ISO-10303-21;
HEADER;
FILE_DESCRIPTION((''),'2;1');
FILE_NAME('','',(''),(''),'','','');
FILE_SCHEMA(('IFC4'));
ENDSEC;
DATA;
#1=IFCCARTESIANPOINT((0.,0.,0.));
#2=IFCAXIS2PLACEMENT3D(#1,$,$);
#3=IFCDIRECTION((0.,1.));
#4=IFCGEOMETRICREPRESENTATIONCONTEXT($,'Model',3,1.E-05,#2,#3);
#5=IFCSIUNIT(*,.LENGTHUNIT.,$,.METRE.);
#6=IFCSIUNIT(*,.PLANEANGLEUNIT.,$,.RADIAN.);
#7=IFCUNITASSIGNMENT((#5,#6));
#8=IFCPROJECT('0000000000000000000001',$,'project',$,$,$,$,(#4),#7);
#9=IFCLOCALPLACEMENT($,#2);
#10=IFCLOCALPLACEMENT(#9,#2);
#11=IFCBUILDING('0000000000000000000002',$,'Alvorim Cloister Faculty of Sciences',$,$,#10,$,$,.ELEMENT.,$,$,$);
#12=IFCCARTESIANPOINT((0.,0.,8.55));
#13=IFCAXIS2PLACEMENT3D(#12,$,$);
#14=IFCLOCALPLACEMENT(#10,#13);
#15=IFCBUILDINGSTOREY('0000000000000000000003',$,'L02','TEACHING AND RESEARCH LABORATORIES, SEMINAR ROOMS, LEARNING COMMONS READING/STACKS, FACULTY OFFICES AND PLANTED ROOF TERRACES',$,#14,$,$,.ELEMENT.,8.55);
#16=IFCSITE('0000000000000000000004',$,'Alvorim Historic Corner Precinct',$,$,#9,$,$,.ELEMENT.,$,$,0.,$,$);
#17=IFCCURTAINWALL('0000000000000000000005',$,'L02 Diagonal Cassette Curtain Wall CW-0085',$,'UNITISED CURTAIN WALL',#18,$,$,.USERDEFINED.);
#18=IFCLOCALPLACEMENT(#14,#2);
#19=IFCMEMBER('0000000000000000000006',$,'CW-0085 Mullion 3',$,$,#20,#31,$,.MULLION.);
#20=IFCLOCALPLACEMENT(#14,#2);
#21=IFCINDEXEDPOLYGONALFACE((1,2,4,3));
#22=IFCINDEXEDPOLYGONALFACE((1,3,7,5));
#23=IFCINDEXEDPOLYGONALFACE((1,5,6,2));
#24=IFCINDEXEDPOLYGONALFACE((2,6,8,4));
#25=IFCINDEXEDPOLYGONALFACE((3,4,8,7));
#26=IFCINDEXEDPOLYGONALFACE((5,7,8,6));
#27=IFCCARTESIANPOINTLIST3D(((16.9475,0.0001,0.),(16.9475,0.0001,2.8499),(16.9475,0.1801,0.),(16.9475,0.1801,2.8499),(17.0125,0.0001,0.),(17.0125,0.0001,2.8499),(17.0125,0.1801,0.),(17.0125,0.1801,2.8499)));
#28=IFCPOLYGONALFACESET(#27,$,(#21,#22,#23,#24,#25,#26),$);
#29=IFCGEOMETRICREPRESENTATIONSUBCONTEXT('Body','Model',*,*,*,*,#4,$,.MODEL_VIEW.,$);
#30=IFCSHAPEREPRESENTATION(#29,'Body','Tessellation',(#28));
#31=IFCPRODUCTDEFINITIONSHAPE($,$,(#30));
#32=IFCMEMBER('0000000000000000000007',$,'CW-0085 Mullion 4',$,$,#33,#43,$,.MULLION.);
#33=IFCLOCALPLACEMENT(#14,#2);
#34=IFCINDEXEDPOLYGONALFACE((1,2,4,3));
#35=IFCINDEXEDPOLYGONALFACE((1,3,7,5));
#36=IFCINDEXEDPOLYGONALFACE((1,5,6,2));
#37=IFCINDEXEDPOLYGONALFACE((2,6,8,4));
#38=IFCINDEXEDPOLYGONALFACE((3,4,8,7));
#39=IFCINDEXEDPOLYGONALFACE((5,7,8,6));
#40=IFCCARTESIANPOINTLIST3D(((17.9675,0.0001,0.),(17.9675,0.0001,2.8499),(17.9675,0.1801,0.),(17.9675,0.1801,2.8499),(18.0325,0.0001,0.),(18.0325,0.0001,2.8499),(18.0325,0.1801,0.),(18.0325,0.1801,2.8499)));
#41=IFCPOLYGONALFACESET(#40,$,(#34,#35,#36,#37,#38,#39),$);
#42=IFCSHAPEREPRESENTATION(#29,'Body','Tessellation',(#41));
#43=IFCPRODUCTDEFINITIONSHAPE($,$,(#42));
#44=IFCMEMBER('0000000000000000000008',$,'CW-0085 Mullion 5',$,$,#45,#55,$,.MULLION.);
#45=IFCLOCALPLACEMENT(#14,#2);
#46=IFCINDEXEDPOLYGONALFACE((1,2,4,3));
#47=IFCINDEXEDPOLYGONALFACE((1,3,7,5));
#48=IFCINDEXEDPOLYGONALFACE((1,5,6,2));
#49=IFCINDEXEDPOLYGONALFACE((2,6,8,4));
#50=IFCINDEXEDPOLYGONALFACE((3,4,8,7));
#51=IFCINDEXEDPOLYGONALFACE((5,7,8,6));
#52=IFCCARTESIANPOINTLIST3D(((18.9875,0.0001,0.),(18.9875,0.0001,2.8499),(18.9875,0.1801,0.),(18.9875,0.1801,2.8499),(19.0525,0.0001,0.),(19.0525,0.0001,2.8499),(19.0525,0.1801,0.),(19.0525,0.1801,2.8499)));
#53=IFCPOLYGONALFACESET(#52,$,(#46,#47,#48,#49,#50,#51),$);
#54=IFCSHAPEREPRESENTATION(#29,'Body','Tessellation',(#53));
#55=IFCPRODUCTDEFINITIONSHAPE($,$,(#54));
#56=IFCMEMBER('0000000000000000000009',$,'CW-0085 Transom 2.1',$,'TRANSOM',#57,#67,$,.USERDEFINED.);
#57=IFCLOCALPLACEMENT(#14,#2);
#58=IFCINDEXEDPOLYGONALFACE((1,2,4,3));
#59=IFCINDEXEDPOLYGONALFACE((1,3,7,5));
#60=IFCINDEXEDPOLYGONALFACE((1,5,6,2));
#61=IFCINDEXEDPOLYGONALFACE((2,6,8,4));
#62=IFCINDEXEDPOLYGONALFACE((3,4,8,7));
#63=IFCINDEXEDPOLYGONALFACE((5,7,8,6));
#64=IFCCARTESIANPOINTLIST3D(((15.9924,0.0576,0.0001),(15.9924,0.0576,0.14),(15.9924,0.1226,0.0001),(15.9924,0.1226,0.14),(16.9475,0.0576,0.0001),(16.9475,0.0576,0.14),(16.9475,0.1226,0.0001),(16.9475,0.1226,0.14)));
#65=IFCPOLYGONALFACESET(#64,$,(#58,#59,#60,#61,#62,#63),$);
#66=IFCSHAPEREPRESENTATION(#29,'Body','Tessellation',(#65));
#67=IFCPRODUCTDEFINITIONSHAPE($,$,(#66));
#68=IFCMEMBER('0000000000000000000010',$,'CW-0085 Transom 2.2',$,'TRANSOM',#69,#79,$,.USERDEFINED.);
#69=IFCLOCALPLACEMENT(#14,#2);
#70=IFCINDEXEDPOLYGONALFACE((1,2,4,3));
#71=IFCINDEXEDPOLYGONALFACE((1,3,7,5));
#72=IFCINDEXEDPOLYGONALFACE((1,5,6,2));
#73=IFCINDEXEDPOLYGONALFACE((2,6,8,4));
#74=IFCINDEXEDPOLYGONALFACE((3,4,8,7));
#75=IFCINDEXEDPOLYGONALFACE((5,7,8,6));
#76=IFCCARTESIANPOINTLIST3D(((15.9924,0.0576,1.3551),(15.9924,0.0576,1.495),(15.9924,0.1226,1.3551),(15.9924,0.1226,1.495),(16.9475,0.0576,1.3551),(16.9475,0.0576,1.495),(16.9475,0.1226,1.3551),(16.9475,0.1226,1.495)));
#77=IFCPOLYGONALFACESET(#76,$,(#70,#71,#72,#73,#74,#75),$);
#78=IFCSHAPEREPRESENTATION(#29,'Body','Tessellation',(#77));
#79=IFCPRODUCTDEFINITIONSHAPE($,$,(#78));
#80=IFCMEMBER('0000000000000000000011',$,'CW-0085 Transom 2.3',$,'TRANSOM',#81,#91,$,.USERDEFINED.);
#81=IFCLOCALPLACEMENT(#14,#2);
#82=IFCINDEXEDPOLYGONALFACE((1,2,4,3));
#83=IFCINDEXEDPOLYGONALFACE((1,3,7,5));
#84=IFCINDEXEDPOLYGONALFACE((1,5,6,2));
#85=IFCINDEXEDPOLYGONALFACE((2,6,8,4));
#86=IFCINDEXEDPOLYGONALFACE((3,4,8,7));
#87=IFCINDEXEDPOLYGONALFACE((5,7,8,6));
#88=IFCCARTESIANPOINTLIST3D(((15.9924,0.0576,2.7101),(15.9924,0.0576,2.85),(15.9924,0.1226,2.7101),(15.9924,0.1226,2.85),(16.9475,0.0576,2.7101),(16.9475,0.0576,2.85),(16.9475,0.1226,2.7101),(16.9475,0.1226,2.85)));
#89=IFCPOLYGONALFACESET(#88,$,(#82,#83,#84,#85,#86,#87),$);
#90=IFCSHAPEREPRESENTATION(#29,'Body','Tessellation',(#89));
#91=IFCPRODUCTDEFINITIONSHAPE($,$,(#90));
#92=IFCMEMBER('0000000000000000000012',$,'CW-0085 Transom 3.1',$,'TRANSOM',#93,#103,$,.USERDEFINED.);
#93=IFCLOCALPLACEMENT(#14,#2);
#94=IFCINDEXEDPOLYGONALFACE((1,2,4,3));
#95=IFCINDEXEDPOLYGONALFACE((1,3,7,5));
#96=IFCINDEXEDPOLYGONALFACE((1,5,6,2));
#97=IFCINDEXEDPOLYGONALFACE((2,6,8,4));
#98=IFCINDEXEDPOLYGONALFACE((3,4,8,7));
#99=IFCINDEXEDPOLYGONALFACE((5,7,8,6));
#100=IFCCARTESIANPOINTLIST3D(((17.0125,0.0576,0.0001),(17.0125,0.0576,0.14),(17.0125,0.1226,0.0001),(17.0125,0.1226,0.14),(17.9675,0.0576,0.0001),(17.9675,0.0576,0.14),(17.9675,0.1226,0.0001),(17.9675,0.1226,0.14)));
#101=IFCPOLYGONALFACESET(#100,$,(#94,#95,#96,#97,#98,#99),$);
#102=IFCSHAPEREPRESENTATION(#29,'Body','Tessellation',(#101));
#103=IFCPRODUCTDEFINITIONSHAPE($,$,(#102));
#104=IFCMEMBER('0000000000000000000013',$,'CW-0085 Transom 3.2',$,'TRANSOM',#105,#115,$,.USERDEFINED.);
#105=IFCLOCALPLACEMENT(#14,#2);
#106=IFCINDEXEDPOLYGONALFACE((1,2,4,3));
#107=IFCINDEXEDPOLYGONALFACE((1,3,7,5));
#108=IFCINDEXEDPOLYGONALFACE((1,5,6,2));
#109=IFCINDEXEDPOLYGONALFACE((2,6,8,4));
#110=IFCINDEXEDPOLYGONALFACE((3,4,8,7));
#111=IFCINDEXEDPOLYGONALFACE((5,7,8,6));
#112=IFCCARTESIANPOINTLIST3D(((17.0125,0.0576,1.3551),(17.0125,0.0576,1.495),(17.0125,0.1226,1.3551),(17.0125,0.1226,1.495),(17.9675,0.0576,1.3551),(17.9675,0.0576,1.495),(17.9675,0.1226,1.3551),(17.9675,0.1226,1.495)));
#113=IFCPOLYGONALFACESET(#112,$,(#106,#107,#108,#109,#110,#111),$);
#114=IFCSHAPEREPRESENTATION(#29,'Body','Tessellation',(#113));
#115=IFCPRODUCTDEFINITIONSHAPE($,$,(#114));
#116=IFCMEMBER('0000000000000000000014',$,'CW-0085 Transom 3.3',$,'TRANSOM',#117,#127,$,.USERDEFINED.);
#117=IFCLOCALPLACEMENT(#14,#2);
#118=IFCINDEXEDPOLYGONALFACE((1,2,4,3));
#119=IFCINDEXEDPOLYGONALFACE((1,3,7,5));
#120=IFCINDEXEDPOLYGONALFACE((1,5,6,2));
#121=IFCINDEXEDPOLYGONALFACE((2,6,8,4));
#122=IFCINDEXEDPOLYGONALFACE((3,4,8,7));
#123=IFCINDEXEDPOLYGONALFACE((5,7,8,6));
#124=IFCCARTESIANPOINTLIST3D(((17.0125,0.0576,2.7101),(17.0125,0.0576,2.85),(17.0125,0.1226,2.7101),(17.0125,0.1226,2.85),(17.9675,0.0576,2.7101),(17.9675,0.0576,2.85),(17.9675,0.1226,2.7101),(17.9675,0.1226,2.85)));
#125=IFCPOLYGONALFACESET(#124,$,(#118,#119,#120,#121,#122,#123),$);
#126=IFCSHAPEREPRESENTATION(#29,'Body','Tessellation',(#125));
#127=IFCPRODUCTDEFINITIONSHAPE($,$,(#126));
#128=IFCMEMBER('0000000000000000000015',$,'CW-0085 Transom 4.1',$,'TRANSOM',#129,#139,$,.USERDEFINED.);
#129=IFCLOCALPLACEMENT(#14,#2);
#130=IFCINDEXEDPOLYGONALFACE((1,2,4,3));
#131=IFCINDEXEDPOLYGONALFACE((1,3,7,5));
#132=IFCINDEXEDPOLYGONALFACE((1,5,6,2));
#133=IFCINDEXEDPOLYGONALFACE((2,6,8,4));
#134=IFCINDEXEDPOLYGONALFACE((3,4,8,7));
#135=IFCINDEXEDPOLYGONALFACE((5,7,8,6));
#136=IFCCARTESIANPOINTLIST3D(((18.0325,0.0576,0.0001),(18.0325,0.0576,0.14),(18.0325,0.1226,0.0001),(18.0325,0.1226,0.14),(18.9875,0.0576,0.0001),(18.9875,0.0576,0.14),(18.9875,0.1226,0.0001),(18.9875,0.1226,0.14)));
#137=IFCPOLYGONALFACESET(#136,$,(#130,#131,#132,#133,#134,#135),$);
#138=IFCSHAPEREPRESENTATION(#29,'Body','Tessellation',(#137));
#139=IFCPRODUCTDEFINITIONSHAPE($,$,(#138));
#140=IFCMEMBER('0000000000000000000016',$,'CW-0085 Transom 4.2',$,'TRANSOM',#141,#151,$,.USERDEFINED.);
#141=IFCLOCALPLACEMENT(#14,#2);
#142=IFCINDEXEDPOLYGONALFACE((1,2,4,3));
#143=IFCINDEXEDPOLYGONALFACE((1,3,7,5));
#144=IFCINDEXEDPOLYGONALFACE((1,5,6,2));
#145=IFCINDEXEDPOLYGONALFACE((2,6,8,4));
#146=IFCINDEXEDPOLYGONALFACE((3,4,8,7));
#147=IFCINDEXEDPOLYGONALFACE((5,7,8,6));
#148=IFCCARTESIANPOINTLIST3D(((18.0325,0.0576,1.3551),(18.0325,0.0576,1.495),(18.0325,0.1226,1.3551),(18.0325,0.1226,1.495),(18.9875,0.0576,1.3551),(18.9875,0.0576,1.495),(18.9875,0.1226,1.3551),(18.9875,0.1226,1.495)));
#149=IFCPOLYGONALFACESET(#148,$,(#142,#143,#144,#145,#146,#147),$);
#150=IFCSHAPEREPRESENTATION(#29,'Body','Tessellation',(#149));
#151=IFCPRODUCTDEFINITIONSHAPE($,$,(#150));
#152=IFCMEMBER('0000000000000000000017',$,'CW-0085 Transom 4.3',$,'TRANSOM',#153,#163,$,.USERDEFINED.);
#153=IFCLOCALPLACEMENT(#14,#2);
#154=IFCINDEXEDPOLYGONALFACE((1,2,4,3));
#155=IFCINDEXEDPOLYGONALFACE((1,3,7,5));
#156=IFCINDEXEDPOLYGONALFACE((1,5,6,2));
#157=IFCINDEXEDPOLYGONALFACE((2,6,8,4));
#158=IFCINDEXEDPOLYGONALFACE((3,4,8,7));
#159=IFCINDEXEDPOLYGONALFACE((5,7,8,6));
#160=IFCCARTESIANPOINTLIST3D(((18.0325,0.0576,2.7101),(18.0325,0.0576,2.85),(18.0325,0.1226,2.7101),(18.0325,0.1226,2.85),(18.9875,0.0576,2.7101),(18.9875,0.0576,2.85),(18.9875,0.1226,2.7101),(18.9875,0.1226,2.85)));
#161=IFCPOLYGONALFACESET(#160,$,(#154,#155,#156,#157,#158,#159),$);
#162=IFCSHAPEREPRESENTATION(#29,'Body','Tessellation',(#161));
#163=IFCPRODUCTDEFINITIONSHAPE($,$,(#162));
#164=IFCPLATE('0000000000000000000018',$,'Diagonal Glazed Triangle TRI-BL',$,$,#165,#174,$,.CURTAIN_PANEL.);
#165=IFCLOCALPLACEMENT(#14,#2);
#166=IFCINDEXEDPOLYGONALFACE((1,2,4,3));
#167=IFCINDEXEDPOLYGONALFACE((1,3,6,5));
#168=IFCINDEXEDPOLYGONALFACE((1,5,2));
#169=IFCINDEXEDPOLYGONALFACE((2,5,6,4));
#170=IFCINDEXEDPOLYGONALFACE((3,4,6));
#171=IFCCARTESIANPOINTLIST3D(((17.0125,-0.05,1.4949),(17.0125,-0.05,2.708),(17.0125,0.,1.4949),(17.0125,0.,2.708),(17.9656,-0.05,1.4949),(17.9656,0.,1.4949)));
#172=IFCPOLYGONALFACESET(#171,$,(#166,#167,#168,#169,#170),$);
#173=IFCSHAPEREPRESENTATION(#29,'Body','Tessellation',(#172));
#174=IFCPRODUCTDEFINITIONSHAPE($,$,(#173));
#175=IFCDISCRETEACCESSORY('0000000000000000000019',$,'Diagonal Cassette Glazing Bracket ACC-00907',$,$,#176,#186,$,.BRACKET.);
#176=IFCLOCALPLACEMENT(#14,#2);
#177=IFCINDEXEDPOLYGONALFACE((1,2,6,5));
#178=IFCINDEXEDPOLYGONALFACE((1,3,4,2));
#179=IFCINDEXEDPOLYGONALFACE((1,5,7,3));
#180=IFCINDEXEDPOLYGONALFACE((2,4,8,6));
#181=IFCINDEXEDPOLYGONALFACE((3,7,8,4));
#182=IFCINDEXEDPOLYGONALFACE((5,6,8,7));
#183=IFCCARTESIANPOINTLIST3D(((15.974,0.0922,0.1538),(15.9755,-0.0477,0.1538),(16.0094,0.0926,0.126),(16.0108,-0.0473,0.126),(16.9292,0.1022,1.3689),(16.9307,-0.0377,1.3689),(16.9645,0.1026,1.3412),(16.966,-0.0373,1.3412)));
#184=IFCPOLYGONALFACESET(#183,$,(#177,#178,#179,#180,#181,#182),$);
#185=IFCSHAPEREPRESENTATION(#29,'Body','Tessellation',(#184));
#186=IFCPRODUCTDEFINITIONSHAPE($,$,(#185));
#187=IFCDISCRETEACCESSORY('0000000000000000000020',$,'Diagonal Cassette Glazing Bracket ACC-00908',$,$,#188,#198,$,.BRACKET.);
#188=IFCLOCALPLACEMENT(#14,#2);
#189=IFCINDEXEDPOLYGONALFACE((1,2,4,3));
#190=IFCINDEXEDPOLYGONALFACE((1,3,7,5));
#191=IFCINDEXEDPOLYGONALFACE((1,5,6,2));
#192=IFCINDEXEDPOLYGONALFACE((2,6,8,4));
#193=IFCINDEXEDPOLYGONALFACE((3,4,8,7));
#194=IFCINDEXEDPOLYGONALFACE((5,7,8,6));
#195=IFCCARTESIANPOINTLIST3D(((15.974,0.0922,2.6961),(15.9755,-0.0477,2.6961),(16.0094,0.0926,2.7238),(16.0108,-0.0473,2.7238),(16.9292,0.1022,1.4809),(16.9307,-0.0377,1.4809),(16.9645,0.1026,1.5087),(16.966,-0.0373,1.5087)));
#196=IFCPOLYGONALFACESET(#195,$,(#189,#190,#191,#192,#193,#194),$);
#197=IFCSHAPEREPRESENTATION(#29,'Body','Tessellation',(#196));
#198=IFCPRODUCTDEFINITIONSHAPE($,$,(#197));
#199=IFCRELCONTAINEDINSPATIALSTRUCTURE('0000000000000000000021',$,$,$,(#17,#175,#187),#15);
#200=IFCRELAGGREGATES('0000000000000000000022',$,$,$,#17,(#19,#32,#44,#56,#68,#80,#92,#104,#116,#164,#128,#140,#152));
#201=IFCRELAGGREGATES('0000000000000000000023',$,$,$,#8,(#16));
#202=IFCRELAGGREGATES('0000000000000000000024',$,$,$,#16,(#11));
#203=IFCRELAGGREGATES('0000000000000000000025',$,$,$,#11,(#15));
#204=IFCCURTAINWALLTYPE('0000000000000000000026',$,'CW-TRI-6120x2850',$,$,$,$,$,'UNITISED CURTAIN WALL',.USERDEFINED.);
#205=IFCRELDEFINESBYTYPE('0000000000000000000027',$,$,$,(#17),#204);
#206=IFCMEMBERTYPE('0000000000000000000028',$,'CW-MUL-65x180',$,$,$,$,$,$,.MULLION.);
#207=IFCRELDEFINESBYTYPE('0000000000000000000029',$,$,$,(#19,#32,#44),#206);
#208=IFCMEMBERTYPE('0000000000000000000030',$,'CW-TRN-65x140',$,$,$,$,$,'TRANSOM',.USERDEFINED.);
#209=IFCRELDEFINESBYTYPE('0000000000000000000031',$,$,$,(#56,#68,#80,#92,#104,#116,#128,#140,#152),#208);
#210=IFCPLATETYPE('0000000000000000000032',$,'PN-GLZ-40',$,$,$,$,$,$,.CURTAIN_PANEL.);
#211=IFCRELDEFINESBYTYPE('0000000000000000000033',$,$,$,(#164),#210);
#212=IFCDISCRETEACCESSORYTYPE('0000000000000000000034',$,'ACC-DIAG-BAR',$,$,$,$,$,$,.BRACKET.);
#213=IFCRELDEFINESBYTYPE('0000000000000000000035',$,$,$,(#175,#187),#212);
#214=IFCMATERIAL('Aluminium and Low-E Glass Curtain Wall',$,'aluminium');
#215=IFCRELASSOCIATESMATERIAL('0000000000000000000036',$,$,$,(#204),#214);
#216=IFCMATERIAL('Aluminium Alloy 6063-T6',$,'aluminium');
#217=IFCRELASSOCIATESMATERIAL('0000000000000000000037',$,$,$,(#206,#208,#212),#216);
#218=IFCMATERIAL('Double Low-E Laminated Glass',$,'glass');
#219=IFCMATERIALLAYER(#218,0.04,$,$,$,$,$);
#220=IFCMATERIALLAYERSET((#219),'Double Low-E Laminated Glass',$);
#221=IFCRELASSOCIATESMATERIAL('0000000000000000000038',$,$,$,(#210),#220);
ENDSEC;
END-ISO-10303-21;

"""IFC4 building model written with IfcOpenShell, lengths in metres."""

from ifc_helpers import new_model, si_unit, direction, frame, origin, origin_2d, place, context, subcontext, project, spatial, polyline, rectangle, outline, extrude, material, layer, layer_set, material_profile, profile_set, type_object, element, aggregate, save


model = new_model("IFC4")

# Units and contexts
model_context = context("Model", 3, precision=1e-05, world=origin(), true_north=direction((0.0, 1.0)))
body_context = subcontext(model_context, "Body", "Model", "MODEL_VIEW")
ifc_project = project(units=[si_unit("LENGTHUNIT", "METRE"), si_unit("PLANEANGLEUNIT", "RADIAN")], contexts=[model_context])

# Site, building, storey
site_placement = place(None, origin())
site = spatial("IfcSite", under=ifc_project, at=site_placement, Name="Alvorim Historic Corner Precinct", CompositionType="ELEMENT", RefElevation=0.0)
building_placement = place(site_placement, origin())
building = spatial("IfcBuilding", under=site, at=building_placement, Name="Alvorim Cloister Faculty of Sciences", CompositionType="ELEMENT")
storey_placement = place(building_placement, frame((0.0, 0.0, 8.55)))
storey = spatial("IfcBuildingStorey", under=building, at=storey_placement, Name="L02", Description="TEACHING AND RESEARCH LABORATORIES, SEMINAR ROOMS, LEARNING COMMONS READING/STACKS, FACULTY OFFICES AND PLANTED ROOF TERRACES", CompositionType="ELEMENT", Elevation=8.55)

# Curtain wall, members, plate
ifc_material_1 = material(Name="Aluminium and Low-E Glass Curtain Wall", Category="aluminium")
curtain_wall_type = type_object("IfcCurtainWallType", Name="CW-TRI-6120x2850", ElementType="UNITISED CURTAIN WALL", PredefinedType="USERDEFINED", material=ifc_material_1)
curtain_wall_placement = place(storey_placement, origin())
curtain_wall = element("IfcCurtainWall", 1, at=curtain_wall_placement, inside=storey, type_object=curtain_wall_type, Name="L02 Diagonal Cassette Curtain Wall CW-0085", ObjectType="UNITISED CURTAIN WALL", PredefinedType="USERDEFINED")
ifc_material_2 = material(Name="Aluminium Alloy 6063-T6", Category="aluminium")
ifc_material_profile_1 = material_profile(ifc_material_2, rectangle(XDim=0.0649, YDim=0.1799, at=origin_2d()), Name="ALU-MUL-65x180")
ifc_profile_set_1 = profile_set([ifc_material_profile_1], Name="Aluminium Alloy 6063-T6")
member_type_1 = type_object("IfcMemberType", Name="CW-MUL-65x180", PredefinedType="MULLION", material=ifc_profile_set_1)
member_1_placement = place(storey_placement, frame((16.98, 0.0901, 0.0), z_axis=(0.0, 0.0, 1.0), x_axis=(1.0, 0.0, 0.0)))
member_1 = element("IfcMember", 2, at=member_1_placement, type_object=member_type_1, Name="CW-0085 Mullion 3", PredefinedType="MULLION", context=body_context, shape_type="SweptSolid", body=[
    extrude(rectangle(XDim=0.0649, YDim=0.1799, at=origin_2d()), origin(), (0.0, 0.0, 1.0), 2.8499),
])
member_2_placement = place(storey_placement, frame((18.0, 0.0901, 0.0), z_axis=(0.0, 0.0, 1.0), x_axis=(1.0, 0.0, 0.0)))
member_2 = element("IfcMember", 3, at=member_2_placement, type_object=member_type_1, Name="CW-0085 Mullion 4", PredefinedType="MULLION", context=body_context, shape_type="SweptSolid", body=[
    extrude(rectangle(XDim=0.0649, YDim=0.1799, at=origin_2d()), origin(), (0.0, 0.0, 1.0), 2.8499),
])
member_3_placement = place(storey_placement, frame((19.02, 0.0901, 0.0), z_axis=(0.0, 0.0, 1.0), x_axis=(1.0, 0.0, 0.0)))
member_3 = element("IfcMember", 4, at=member_3_placement, type_object=member_type_1, Name="CW-0085 Mullion 5", PredefinedType="MULLION", context=body_context, shape_type="SweptSolid", body=[
    extrude(rectangle(XDim=0.0649, YDim=0.1799, at=origin_2d()), origin(), (0.0, 0.0, 1.0), 2.8499),
])
ifc_material_profile_2 = material_profile(ifc_material_2, rectangle(XDim=0.0649, YDim=0.1399, at=origin_2d()), Name="ALU-TRN-65x140")
ifc_profile_set_2 = profile_set([ifc_material_profile_2], Name="Aluminium Alloy 6063-T6")
member_type_2 = type_object("IfcMemberType", Name="CW-TRN-65x140", ElementType="TRANSOM", PredefinedType="USERDEFINED", material=ifc_profile_set_2)
member_4_placement = place(storey_placement, frame((15.9924, 0.0901, 0.0701), z_axis=(1.0, 0.0, 0.0), x_axis=(0.0, 1.0, 0.0)))
member_4 = element("IfcMember", 5, at=member_4_placement, type_object=member_type_2, Name="CW-0085 Transom 2.1", ObjectType="TRANSOM", PredefinedType="USERDEFINED", context=body_context, shape_type="SweptSolid", body=[
    extrude(rectangle(XDim=0.0649, YDim=0.1399, at=origin_2d()), origin(), (0.0, 0.0, 1.0), 0.9551),
])
member_5_placement = place(storey_placement, frame((15.9924, 0.0901, 1.425), z_axis=(1.0, 0.0, 0.0), x_axis=(0.0, 1.0, 0.0)))
member_5 = element("IfcMember", 6, at=member_5_placement, type_object=member_type_2, Name="CW-0085 Transom 2.2", ObjectType="TRANSOM", PredefinedType="USERDEFINED", context=body_context, shape_type="SweptSolid", body=[
    extrude(rectangle(XDim=0.0649, YDim=0.1399, at=origin_2d()), origin(), (0.0, 0.0, 1.0), 0.9551),
])
member_6_placement = place(storey_placement, frame((15.9924, 0.0901, 2.78), z_axis=(1.0, 0.0, 0.0), x_axis=(0.0, 1.0, 0.0)))
member_6 = element("IfcMember", 7, at=member_6_placement, type_object=member_type_2, Name="CW-0085 Transom 2.3", ObjectType="TRANSOM", PredefinedType="USERDEFINED", context=body_context, shape_type="SweptSolid", body=[
    extrude(rectangle(XDim=0.0649, YDim=0.1399, at=origin_2d()), origin(), (0.0, 0.0, 1.0), 0.9551),
])
member_7_placement = place(storey_placement, frame((17.0125, 0.0901, 0.0701), z_axis=(1.0, 0.0, 0.0), x_axis=(0.0, 1.0, 0.0)))
member_7 = element("IfcMember", 8, at=member_7_placement, type_object=member_type_2, Name="CW-0085 Transom 3.1", ObjectType="TRANSOM", PredefinedType="USERDEFINED", context=body_context, shape_type="SweptSolid", body=[
    extrude(rectangle(XDim=0.0649, YDim=0.1399, at=origin_2d()), origin(), (0.0, 0.0, 1.0), 0.9551),
])
member_8_placement = place(storey_placement, frame((17.0125, 0.0901, 1.425), z_axis=(1.0, 0.0, 0.0), x_axis=(0.0, 1.0, 0.0)))
member_8 = element("IfcMember", 9, at=member_8_placement, type_object=member_type_2, Name="CW-0085 Transom 3.2", ObjectType="TRANSOM", PredefinedType="USERDEFINED", context=body_context, shape_type="SweptSolid", body=[
    extrude(rectangle(XDim=0.0649, YDim=0.1399, at=origin_2d()), origin(), (0.0, 0.0, 1.0), 0.9551),
])
member_9_placement = place(storey_placement, frame((17.0125, 0.0901, 2.78), z_axis=(1.0, 0.0, 0.0), x_axis=(0.0, 1.0, 0.0)))
member_9 = element("IfcMember", 10, at=member_9_placement, type_object=member_type_2, Name="CW-0085 Transom 3.3", ObjectType="TRANSOM", PredefinedType="USERDEFINED", context=body_context, shape_type="SweptSolid", body=[
    extrude(rectangle(XDim=0.0649, YDim=0.1399, at=origin_2d()), origin(), (0.0, 0.0, 1.0), 0.9551),
])
member_10_placement = place(storey_placement, frame((18.0325, 0.0901, 0.0701), z_axis=(1.0, 0.0, 0.0), x_axis=(0.0, 1.0, 0.0)))
member_10 = element("IfcMember", 11, at=member_10_placement, type_object=member_type_2, Name="CW-0085 Transom 4.1", ObjectType="TRANSOM", PredefinedType="USERDEFINED", context=body_context, shape_type="SweptSolid", body=[
    extrude(rectangle(XDim=0.0649, YDim=0.1399, at=origin_2d()), origin(), (0.0, 0.0, 1.0), 0.9551),
])
member_11_placement = place(storey_placement, frame((18.0325, 0.0901, 1.425), z_axis=(1.0, 0.0, 0.0), x_axis=(0.0, 1.0, 0.0)))
member_11 = element("IfcMember", 12, at=member_11_placement, type_object=member_type_2, Name="CW-0085 Transom 4.2", ObjectType="TRANSOM", PredefinedType="USERDEFINED", context=body_context, shape_type="SweptSolid", body=[
    extrude(rectangle(XDim=0.0649, YDim=0.1399, at=origin_2d()), origin(), (0.0, 0.0, 1.0), 0.9551),
])
member_12_placement = place(storey_placement, frame((18.0325, 0.0901, 2.78), z_axis=(1.0, 0.0, 0.0), x_axis=(0.0, 1.0, 0.0)))
member_12 = element("IfcMember", 13, at=member_12_placement, type_object=member_type_2, Name="CW-0085 Transom 4.3", ObjectType="TRANSOM", PredefinedType="USERDEFINED", context=body_context, shape_type="SweptSolid", body=[
    extrude(rectangle(XDim=0.0649, YDim=0.1399, at=origin_2d()), origin(), (0.0, 0.0, 1.0), 0.9551),
])
ifc_material_3 = material(Name="Double Low-E Laminated Glass", Category="glass")
ifc_layer = layer(ifc_material_3, 0.04)
ifc_layer_set = layer_set([ifc_layer], Name="Double Low-E Laminated Glass")
plate_type = type_object("IfcPlateType", Name="PN-GLZ-40", PredefinedType="CURTAIN_PANEL", material=ifc_layer_set)
plate_1_placement = place(storey_placement, frame((17.0125, -0.0249, 1.4949), z_axis=(0.0, 0.0, 1.0), x_axis=(1.0, 0.0, 0.0)))
plate_1 = element("IfcPlate", 14, at=plate_1_placement, type_object=plate_type, Name="Diagonal Glazed Triangle TRI-BL", PredefinedType="CURTAIN_PANEL", context=body_context, shape_type="SweptSolid", body=[
    extrude(outline(polyline([(0.0, 0.0), (0.9531, 0.0), (0.0, 1.2131), (0.0, 0.0)])), frame((0.0, 0.0249, 0.0), z_axis=(0.0, -1.0, 0.0), x_axis=(1.0, 0.0, 0.0)), (0.0, 0.0, 1.0), 0.05),
])
aggregate(curtain_wall, [member_1, member_2, member_3, member_4, member_5, member_6, member_7, member_8, member_9, plate_1, member_10, member_11, member_12])

# Discrete accessories
discrete_accessory_type = type_object("IfcDiscreteAccessoryType", Name="ACC-DIAG-BAR", PredefinedType="BRACKET", material=ifc_material_2)
for number, where, z_axis, x_axis, name in (
    (15, (15.9924, 0.0225, 0.1399), (0.617955, 0.006477, 0.786187), (-0.01048, 0.999945, 0.0), "Diagonal Cassette Glazing Bracket ACC-00907"),
    (16, (15.9924, 0.0225, 2.71), (0.617955, 0.006477, -0.786187), (-0.01048, 0.999945, 0.0), "Diagonal Cassette Glazing Bracket ACC-00908"),
):
    element("IfcDiscreteAccessory", number, at=place(storey_placement, frame(where, z_axis=z_axis, x_axis=x_axis)), inside=storey, type_object=discrete_accessory_type, Name=name, PredefinedType="BRACKET", context=body_context, shape_type="SweptSolid", body=[
        extrude(rectangle(XDim=0.1399, YDim=0.0449, at=origin_2d()), origin(), (0.0, 0.0, 1.0), 1.5457),
    ])

save(model, "model.ifc")
